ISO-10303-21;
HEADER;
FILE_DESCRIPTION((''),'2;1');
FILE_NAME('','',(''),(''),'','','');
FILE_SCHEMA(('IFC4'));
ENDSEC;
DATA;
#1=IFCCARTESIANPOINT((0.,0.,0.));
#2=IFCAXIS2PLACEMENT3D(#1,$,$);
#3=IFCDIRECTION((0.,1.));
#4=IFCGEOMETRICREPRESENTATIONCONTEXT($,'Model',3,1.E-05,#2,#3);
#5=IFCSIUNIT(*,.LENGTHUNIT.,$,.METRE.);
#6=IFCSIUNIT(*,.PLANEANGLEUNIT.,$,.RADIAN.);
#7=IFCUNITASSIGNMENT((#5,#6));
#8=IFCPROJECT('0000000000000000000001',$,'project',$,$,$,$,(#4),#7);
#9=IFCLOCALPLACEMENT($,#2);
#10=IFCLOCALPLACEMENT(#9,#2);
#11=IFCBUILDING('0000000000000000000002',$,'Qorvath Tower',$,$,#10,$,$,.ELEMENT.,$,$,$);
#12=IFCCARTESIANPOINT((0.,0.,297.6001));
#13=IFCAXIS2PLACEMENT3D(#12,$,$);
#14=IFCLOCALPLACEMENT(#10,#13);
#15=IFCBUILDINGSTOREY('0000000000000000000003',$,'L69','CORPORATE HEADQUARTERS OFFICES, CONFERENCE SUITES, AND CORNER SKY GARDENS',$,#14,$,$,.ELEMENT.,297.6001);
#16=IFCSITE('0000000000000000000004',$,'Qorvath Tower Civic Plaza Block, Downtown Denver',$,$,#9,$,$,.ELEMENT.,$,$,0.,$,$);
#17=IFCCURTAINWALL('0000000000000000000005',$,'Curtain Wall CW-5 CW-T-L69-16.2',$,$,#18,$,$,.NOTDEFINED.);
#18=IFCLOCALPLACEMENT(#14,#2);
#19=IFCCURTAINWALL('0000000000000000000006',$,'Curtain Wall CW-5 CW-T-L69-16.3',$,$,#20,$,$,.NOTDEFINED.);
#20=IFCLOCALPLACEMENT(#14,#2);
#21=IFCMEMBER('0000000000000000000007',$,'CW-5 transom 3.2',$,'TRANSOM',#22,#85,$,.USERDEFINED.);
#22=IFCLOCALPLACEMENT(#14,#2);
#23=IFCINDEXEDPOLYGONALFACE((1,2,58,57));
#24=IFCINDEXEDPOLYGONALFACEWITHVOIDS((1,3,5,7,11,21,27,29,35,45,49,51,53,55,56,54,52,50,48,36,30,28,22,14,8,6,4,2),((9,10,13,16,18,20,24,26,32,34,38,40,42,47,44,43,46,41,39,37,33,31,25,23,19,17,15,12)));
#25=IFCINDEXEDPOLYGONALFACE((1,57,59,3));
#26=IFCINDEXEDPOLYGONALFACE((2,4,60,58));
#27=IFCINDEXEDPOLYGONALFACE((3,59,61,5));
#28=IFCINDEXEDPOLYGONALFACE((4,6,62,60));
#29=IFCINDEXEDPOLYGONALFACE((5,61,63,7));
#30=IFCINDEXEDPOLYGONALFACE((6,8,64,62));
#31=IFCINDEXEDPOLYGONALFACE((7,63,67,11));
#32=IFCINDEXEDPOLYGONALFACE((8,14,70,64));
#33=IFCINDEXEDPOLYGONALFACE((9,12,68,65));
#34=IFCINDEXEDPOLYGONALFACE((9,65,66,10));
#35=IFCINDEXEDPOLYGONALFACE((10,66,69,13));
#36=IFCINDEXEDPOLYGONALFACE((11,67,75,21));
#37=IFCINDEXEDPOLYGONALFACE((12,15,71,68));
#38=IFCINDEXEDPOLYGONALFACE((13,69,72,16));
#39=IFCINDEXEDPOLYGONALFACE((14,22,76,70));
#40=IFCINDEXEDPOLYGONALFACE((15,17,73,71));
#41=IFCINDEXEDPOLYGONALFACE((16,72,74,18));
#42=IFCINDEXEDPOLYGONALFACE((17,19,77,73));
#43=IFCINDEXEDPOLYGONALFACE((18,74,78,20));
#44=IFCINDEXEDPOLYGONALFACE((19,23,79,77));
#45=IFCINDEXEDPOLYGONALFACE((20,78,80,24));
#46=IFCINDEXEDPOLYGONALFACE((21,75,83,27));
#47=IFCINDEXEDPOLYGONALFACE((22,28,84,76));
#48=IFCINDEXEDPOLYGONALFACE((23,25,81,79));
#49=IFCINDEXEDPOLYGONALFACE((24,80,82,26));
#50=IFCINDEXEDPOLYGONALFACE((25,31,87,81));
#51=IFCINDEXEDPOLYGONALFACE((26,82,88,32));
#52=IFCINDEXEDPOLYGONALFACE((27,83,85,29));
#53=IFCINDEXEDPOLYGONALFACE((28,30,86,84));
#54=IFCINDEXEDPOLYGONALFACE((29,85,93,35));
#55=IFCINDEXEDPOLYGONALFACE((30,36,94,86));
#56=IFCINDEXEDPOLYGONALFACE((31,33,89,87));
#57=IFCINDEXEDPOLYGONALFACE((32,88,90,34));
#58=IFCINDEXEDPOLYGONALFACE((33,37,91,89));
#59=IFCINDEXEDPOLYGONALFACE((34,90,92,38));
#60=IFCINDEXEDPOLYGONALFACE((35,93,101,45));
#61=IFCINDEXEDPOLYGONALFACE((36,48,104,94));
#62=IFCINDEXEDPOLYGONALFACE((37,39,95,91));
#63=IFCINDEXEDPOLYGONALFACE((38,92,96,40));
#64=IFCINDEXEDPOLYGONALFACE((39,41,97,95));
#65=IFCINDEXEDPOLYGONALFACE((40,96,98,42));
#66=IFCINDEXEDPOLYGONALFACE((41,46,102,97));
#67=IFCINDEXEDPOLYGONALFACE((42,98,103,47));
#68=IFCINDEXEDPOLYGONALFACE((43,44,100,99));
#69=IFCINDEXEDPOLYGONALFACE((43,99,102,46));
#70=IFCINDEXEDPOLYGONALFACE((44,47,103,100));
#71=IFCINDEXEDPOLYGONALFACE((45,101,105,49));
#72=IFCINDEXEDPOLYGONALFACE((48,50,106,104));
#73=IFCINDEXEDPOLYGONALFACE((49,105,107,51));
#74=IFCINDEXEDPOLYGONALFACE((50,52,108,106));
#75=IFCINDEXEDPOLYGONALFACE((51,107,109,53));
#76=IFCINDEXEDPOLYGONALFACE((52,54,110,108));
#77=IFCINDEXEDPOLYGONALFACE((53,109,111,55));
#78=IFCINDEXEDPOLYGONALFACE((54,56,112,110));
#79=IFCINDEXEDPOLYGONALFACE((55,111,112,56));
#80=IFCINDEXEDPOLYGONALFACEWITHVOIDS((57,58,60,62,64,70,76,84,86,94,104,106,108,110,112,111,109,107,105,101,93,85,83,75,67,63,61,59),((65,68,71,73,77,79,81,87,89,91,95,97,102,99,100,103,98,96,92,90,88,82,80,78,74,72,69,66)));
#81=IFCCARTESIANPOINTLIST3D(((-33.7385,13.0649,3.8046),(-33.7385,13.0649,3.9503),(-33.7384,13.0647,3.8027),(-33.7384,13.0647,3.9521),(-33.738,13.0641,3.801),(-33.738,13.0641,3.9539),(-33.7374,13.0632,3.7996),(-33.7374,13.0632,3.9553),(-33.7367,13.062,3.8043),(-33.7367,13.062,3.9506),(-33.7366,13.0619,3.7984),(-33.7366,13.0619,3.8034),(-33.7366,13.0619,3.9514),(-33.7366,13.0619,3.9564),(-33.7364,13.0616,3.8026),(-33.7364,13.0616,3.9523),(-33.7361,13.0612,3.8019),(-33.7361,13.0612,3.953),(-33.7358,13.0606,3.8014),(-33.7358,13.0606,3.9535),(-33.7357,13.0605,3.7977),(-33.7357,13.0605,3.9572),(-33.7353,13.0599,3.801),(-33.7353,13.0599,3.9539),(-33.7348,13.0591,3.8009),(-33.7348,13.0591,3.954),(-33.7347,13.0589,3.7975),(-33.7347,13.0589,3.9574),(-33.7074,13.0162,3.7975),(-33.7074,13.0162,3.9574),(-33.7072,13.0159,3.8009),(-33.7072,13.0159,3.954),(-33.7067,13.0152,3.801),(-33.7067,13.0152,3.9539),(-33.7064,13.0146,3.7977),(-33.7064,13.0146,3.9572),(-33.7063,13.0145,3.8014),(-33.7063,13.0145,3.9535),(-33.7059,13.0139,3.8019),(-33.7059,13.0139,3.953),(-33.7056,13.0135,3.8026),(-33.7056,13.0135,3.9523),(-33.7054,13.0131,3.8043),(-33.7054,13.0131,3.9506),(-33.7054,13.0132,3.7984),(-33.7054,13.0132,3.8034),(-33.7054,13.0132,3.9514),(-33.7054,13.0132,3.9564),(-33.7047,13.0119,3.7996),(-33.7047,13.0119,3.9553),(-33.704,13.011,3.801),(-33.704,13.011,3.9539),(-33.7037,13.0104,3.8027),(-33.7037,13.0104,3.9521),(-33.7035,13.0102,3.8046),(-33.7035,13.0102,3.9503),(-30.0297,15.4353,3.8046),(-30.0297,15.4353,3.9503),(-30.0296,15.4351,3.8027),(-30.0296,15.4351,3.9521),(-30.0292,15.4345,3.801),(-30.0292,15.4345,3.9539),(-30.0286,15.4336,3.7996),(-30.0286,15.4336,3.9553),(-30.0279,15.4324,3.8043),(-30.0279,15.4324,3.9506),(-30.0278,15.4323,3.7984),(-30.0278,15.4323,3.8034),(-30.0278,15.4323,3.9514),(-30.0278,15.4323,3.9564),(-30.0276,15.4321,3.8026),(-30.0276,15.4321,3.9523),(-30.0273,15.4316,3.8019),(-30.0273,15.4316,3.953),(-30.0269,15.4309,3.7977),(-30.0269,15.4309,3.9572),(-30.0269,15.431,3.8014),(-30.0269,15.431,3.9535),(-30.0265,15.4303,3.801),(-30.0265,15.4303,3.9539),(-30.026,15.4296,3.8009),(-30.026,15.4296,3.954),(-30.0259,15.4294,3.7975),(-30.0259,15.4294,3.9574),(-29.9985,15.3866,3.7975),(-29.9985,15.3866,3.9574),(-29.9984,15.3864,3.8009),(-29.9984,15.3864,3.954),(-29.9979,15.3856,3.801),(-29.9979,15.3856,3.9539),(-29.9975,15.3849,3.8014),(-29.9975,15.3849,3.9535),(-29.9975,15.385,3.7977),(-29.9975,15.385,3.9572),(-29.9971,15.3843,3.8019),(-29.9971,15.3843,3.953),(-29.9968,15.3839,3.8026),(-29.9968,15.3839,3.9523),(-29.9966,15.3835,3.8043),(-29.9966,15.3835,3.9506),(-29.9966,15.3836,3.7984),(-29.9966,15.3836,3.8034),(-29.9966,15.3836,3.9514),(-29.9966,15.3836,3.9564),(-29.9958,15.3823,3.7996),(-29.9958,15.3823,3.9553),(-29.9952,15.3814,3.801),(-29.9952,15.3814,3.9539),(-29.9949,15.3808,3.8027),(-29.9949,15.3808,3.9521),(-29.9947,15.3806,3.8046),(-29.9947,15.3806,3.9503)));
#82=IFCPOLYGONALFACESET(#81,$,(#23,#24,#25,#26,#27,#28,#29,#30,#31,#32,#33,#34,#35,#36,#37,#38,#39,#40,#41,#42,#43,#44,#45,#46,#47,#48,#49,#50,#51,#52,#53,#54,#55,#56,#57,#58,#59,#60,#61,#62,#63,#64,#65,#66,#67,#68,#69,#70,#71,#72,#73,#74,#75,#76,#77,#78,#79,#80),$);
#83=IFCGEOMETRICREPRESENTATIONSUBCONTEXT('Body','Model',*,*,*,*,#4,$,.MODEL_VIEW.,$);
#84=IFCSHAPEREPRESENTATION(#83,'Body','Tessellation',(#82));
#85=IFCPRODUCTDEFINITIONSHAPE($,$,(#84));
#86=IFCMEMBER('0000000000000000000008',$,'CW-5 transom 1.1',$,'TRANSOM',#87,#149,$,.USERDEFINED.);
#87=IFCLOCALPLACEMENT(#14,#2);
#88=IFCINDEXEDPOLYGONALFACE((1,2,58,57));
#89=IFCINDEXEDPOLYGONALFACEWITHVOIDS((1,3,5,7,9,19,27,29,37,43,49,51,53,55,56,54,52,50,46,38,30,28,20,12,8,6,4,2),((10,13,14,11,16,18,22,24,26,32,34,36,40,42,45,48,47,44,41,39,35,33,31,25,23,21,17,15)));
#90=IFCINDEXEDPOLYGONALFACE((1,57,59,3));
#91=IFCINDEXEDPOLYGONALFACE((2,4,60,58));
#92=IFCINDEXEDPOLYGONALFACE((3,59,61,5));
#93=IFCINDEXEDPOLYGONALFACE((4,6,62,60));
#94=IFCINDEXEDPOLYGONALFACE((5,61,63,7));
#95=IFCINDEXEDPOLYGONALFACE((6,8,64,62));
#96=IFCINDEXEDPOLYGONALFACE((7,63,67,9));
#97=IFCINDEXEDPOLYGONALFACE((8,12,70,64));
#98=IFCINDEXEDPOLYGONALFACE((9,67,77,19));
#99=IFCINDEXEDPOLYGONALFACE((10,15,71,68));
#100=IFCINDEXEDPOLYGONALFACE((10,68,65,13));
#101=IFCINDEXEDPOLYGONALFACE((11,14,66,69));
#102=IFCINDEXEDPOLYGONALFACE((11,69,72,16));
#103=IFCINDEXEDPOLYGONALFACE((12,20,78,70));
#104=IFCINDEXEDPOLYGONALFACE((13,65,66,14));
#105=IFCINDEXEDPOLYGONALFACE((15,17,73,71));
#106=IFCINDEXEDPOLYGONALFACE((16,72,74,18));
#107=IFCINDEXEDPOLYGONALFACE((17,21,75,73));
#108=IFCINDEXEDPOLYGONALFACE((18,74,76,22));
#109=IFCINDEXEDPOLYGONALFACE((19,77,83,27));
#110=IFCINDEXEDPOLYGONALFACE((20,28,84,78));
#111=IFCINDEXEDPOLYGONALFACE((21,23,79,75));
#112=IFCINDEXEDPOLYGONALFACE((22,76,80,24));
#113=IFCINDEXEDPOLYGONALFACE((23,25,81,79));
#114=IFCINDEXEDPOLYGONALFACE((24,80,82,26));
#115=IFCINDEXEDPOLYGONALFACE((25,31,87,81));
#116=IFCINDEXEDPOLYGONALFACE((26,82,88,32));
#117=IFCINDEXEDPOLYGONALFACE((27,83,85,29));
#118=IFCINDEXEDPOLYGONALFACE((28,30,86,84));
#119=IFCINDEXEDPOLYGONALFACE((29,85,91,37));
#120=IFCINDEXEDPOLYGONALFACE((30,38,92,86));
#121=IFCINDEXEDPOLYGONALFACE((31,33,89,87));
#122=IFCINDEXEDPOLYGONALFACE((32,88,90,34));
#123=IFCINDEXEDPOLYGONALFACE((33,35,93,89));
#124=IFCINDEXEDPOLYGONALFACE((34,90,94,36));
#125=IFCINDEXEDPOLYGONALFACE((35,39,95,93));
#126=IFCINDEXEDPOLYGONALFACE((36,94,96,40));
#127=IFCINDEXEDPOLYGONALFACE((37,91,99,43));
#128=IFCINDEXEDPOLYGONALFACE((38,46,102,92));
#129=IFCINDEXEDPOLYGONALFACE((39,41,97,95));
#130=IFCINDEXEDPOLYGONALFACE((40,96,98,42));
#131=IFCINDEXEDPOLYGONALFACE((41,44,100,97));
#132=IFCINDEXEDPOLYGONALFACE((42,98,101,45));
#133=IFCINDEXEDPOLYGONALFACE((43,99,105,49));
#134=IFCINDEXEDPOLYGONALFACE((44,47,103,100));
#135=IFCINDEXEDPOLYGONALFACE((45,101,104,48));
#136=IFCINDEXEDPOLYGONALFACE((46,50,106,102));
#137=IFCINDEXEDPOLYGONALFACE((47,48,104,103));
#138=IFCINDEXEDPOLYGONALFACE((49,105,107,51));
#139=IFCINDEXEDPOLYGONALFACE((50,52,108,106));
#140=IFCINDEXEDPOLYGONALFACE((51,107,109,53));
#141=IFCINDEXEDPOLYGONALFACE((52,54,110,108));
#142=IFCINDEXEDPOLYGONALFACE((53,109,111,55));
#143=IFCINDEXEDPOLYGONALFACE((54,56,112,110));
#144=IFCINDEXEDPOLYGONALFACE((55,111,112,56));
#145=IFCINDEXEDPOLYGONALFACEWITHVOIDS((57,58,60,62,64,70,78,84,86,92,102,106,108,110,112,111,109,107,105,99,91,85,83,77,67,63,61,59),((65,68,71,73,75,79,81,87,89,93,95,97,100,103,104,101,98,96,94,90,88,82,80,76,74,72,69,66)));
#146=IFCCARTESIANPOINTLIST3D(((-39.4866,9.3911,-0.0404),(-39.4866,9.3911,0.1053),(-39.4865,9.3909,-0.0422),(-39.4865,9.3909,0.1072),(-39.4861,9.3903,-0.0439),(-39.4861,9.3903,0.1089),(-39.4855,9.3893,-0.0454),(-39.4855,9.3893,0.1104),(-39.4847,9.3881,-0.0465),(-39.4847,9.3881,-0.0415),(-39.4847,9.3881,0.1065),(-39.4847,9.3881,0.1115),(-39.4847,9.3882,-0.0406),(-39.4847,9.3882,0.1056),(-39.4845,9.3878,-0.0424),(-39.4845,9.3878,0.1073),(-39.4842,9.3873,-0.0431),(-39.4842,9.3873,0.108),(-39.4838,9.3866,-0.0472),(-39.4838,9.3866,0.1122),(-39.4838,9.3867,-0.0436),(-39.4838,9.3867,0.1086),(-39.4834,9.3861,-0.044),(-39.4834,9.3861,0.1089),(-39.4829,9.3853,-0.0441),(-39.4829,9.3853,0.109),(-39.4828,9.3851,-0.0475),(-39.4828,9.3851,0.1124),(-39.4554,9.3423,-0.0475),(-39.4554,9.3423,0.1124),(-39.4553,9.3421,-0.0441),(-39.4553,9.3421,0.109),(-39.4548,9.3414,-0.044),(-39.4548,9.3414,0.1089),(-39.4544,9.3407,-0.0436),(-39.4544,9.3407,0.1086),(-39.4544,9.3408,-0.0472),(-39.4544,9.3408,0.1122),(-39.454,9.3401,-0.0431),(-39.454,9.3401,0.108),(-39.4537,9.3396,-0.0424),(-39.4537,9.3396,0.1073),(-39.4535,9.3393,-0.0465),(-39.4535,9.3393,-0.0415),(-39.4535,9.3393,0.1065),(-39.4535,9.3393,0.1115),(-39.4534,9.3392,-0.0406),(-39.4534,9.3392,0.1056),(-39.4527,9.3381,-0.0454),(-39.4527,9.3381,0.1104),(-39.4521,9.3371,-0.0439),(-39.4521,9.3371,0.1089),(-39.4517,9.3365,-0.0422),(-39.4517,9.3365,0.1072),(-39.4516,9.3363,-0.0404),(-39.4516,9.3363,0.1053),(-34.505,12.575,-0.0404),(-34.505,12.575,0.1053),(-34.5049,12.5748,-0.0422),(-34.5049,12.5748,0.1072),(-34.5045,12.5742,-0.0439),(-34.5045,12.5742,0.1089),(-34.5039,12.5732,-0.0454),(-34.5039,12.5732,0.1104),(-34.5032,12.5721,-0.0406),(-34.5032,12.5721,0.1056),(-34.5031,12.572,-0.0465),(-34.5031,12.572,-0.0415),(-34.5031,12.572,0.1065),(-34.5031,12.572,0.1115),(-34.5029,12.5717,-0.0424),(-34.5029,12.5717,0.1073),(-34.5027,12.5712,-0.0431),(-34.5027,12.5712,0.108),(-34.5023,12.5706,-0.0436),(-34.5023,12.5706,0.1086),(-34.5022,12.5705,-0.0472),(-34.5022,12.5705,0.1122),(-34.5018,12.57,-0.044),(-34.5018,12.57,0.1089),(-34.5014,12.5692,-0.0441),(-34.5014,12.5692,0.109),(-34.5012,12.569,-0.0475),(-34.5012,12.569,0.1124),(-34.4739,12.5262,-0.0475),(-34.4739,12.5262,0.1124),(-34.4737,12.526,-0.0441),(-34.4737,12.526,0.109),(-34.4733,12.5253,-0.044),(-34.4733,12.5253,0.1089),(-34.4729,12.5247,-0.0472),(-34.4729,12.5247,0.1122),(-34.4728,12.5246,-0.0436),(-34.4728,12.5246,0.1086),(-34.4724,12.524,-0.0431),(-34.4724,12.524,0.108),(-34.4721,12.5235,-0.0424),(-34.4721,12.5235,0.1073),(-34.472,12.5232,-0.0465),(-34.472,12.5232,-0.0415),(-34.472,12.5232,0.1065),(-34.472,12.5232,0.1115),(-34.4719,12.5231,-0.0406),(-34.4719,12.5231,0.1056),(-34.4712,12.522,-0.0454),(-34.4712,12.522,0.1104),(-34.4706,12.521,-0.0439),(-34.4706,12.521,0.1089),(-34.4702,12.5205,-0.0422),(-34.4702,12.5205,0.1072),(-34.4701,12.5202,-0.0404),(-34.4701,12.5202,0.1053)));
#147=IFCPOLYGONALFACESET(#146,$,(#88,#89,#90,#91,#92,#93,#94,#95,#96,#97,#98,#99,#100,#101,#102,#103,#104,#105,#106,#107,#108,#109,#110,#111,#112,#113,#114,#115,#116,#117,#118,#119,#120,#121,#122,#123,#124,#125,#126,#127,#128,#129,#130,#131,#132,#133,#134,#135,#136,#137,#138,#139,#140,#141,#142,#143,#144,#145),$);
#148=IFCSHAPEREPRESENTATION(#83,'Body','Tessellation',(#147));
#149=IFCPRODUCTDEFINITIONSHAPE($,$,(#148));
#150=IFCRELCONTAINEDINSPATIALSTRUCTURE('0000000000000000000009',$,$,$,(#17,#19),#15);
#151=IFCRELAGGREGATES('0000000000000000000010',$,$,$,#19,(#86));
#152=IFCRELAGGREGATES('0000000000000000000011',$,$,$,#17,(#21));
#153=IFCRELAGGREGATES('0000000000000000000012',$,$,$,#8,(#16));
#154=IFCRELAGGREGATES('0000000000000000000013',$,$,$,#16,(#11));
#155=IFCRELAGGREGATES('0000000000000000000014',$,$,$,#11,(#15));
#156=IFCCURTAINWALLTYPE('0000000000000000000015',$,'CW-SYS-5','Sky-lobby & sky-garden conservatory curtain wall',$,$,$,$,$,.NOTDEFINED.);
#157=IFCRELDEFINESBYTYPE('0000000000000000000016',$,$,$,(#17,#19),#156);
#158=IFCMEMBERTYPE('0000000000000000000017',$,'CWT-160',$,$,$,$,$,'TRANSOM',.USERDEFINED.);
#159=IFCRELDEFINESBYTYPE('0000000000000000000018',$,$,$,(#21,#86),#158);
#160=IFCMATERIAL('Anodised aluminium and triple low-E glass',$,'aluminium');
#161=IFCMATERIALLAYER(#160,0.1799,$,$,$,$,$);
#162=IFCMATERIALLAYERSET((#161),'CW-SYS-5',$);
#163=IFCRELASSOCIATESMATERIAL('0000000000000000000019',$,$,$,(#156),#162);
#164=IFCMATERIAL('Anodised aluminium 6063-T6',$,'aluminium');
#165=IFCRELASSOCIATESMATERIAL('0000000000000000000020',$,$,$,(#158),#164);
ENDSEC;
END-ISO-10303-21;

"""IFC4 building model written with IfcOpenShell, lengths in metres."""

from ifc_helpers import new_model, si_unit, direction, frame, origin, origin_2d, place, context, subcontext, project, spatial, hollow_rectangle, extrude, material, layer, layer_set, material_profile, profile_set, type_object, element, aggregate, save


model = new_model("IFC4")

# Units and contexts
model_context = context("Model", 3, precision=1e-05, world=origin(), true_north=direction((0.0, 1.0)))
body_context = subcontext(model_context, "Body", "Model", "MODEL_VIEW")
ifc_project = project(units=[si_unit("LENGTHUNIT", "METRE"), si_unit("PLANEANGLEUNIT", "RADIAN")], contexts=[model_context])

# Site, building, storey
site_placement = place(None, origin())
site = spatial("IfcSite", under=ifc_project, at=site_placement, Name="Qorvath Tower Civic Plaza Block, Downtown Denver", CompositionType="ELEMENT", RefElevation=0.0)
building_placement = place(site_placement, origin())
building = spatial("IfcBuilding", under=site, at=building_placement, Name="Qorvath Tower", CompositionType="ELEMENT")
storey_placement = place(building_placement, frame((0.0, 0.0, 297.6001)))
storey = spatial("IfcBuildingStorey", under=building, at=storey_placement, Name="L69", Description="CORPORATE HEADQUARTERS OFFICES, CONFERENCE SUITES, AND CORNER SKY GARDENS", CompositionType="ELEMENT", Elevation=297.6001)

# Curtain walls
ifc_material_1 = material(Name="Anodised aluminium and triple low-E glass", Category="aluminium")
ifc_layer_1 = layer(ifc_material_1, 0.1799)
ifc_layer_set_1 = layer_set([ifc_layer_1], Name="CW-SYS-5")
curtain_wall_type = type_object("IfcCurtainWallType", Name="CW-SYS-5", Description="Sky-lobby & sky-garden conservatory curtain wall", PredefinedType="NOTDEFINED", material=ifc_layer_set_1)
curtain_wall_1_placement = place(storey_placement, origin())
curtain_wall_1 = element("IfcCurtainWall", 1, at=curtain_wall_1_placement, inside=storey, type_object=curtain_wall_type, Name="Curtain Wall CW-5 CW-T-L69-16.2", PredefinedType="NOTDEFINED")
curtain_wall_2_placement = place(storey_placement, origin())
curtain_wall_2 = element("IfcCurtainWall", 2, at=curtain_wall_2_placement, inside=storey, type_object=curtain_wall_type, Name="Curtain Wall CW-5 CW-T-L69-16.3", PredefinedType="NOTDEFINED")

# Members
ifc_material_2 = material(Name="Anodised aluminium 6063-T6", Category="aluminium")
ifc_material_profile_1 = material_profile(ifc_material_2, hollow_rectangle(XDim=0.0649, YDim=0.1599, WallThickness=0.0034, InnerFilletRadius=0.0034, OuterFilletRadius=0.0071, at=origin_2d()), Name="CWT 160x65")
ifc_profile_set_1 = profile_set([ifc_material_profile_1], Name="Anodised aluminium 6063-T6")
member_type_1 = type_object("IfcMemberType", Name="CWT-160", ElementType="TRANSOM", PredefinedType="USERDEFINED", material=ifc_profile_set_1)
member_1_placement = place(storey_placement, frame((-30.0122, 15.408, 3.8774), z_axis=(-0.842605, -0.538533, 0.0), x_axis=(0.538533, -0.842605, 0.0)))
member_1 = element("IfcMember", 3, at=member_1_placement, type_object=member_type_1, Name="CW-5 transom 3.2", ObjectType="TRANSOM", PredefinedType="USERDEFINED", context=body_context, shape_type="SweptSolid", body=[
    extrude(hollow_rectangle(XDim=0.0649, YDim=0.1599, WallThickness=0.0034, InnerFilletRadius=0.0034, OuterFilletRadius=0.0071, at=origin_2d()), origin(), (0.0, 0.0, 1.0), 4.4016),
])
member_2_placement = place(storey_placement, frame((-34.4875, 12.5476, 0.0325), z_axis=(-0.8426, -0.538539, 0.0), x_axis=(0.538539, -0.8426, 0.0)))
member_2 = element("IfcMember", 4, at=member_2_placement, type_object=member_type_1, Name="CW-5 transom 1.1", ObjectType="TRANSOM", PredefinedType="USERDEFINED", context=body_context, shape_type="SweptSolid", body=[
    extrude(hollow_rectangle(XDim=0.0649, YDim=0.1599, WallThickness=0.0034, InnerFilletRadius=0.0034, OuterFilletRadius=0.0071, at=origin_2d()), origin(), (0.0, 0.0, 1.0), 5.9121),
])
aggregate(curtain_wall_2, [member_2])

aggregate(curtain_wall_1, [member_1])

save(model, "model.ifc")
